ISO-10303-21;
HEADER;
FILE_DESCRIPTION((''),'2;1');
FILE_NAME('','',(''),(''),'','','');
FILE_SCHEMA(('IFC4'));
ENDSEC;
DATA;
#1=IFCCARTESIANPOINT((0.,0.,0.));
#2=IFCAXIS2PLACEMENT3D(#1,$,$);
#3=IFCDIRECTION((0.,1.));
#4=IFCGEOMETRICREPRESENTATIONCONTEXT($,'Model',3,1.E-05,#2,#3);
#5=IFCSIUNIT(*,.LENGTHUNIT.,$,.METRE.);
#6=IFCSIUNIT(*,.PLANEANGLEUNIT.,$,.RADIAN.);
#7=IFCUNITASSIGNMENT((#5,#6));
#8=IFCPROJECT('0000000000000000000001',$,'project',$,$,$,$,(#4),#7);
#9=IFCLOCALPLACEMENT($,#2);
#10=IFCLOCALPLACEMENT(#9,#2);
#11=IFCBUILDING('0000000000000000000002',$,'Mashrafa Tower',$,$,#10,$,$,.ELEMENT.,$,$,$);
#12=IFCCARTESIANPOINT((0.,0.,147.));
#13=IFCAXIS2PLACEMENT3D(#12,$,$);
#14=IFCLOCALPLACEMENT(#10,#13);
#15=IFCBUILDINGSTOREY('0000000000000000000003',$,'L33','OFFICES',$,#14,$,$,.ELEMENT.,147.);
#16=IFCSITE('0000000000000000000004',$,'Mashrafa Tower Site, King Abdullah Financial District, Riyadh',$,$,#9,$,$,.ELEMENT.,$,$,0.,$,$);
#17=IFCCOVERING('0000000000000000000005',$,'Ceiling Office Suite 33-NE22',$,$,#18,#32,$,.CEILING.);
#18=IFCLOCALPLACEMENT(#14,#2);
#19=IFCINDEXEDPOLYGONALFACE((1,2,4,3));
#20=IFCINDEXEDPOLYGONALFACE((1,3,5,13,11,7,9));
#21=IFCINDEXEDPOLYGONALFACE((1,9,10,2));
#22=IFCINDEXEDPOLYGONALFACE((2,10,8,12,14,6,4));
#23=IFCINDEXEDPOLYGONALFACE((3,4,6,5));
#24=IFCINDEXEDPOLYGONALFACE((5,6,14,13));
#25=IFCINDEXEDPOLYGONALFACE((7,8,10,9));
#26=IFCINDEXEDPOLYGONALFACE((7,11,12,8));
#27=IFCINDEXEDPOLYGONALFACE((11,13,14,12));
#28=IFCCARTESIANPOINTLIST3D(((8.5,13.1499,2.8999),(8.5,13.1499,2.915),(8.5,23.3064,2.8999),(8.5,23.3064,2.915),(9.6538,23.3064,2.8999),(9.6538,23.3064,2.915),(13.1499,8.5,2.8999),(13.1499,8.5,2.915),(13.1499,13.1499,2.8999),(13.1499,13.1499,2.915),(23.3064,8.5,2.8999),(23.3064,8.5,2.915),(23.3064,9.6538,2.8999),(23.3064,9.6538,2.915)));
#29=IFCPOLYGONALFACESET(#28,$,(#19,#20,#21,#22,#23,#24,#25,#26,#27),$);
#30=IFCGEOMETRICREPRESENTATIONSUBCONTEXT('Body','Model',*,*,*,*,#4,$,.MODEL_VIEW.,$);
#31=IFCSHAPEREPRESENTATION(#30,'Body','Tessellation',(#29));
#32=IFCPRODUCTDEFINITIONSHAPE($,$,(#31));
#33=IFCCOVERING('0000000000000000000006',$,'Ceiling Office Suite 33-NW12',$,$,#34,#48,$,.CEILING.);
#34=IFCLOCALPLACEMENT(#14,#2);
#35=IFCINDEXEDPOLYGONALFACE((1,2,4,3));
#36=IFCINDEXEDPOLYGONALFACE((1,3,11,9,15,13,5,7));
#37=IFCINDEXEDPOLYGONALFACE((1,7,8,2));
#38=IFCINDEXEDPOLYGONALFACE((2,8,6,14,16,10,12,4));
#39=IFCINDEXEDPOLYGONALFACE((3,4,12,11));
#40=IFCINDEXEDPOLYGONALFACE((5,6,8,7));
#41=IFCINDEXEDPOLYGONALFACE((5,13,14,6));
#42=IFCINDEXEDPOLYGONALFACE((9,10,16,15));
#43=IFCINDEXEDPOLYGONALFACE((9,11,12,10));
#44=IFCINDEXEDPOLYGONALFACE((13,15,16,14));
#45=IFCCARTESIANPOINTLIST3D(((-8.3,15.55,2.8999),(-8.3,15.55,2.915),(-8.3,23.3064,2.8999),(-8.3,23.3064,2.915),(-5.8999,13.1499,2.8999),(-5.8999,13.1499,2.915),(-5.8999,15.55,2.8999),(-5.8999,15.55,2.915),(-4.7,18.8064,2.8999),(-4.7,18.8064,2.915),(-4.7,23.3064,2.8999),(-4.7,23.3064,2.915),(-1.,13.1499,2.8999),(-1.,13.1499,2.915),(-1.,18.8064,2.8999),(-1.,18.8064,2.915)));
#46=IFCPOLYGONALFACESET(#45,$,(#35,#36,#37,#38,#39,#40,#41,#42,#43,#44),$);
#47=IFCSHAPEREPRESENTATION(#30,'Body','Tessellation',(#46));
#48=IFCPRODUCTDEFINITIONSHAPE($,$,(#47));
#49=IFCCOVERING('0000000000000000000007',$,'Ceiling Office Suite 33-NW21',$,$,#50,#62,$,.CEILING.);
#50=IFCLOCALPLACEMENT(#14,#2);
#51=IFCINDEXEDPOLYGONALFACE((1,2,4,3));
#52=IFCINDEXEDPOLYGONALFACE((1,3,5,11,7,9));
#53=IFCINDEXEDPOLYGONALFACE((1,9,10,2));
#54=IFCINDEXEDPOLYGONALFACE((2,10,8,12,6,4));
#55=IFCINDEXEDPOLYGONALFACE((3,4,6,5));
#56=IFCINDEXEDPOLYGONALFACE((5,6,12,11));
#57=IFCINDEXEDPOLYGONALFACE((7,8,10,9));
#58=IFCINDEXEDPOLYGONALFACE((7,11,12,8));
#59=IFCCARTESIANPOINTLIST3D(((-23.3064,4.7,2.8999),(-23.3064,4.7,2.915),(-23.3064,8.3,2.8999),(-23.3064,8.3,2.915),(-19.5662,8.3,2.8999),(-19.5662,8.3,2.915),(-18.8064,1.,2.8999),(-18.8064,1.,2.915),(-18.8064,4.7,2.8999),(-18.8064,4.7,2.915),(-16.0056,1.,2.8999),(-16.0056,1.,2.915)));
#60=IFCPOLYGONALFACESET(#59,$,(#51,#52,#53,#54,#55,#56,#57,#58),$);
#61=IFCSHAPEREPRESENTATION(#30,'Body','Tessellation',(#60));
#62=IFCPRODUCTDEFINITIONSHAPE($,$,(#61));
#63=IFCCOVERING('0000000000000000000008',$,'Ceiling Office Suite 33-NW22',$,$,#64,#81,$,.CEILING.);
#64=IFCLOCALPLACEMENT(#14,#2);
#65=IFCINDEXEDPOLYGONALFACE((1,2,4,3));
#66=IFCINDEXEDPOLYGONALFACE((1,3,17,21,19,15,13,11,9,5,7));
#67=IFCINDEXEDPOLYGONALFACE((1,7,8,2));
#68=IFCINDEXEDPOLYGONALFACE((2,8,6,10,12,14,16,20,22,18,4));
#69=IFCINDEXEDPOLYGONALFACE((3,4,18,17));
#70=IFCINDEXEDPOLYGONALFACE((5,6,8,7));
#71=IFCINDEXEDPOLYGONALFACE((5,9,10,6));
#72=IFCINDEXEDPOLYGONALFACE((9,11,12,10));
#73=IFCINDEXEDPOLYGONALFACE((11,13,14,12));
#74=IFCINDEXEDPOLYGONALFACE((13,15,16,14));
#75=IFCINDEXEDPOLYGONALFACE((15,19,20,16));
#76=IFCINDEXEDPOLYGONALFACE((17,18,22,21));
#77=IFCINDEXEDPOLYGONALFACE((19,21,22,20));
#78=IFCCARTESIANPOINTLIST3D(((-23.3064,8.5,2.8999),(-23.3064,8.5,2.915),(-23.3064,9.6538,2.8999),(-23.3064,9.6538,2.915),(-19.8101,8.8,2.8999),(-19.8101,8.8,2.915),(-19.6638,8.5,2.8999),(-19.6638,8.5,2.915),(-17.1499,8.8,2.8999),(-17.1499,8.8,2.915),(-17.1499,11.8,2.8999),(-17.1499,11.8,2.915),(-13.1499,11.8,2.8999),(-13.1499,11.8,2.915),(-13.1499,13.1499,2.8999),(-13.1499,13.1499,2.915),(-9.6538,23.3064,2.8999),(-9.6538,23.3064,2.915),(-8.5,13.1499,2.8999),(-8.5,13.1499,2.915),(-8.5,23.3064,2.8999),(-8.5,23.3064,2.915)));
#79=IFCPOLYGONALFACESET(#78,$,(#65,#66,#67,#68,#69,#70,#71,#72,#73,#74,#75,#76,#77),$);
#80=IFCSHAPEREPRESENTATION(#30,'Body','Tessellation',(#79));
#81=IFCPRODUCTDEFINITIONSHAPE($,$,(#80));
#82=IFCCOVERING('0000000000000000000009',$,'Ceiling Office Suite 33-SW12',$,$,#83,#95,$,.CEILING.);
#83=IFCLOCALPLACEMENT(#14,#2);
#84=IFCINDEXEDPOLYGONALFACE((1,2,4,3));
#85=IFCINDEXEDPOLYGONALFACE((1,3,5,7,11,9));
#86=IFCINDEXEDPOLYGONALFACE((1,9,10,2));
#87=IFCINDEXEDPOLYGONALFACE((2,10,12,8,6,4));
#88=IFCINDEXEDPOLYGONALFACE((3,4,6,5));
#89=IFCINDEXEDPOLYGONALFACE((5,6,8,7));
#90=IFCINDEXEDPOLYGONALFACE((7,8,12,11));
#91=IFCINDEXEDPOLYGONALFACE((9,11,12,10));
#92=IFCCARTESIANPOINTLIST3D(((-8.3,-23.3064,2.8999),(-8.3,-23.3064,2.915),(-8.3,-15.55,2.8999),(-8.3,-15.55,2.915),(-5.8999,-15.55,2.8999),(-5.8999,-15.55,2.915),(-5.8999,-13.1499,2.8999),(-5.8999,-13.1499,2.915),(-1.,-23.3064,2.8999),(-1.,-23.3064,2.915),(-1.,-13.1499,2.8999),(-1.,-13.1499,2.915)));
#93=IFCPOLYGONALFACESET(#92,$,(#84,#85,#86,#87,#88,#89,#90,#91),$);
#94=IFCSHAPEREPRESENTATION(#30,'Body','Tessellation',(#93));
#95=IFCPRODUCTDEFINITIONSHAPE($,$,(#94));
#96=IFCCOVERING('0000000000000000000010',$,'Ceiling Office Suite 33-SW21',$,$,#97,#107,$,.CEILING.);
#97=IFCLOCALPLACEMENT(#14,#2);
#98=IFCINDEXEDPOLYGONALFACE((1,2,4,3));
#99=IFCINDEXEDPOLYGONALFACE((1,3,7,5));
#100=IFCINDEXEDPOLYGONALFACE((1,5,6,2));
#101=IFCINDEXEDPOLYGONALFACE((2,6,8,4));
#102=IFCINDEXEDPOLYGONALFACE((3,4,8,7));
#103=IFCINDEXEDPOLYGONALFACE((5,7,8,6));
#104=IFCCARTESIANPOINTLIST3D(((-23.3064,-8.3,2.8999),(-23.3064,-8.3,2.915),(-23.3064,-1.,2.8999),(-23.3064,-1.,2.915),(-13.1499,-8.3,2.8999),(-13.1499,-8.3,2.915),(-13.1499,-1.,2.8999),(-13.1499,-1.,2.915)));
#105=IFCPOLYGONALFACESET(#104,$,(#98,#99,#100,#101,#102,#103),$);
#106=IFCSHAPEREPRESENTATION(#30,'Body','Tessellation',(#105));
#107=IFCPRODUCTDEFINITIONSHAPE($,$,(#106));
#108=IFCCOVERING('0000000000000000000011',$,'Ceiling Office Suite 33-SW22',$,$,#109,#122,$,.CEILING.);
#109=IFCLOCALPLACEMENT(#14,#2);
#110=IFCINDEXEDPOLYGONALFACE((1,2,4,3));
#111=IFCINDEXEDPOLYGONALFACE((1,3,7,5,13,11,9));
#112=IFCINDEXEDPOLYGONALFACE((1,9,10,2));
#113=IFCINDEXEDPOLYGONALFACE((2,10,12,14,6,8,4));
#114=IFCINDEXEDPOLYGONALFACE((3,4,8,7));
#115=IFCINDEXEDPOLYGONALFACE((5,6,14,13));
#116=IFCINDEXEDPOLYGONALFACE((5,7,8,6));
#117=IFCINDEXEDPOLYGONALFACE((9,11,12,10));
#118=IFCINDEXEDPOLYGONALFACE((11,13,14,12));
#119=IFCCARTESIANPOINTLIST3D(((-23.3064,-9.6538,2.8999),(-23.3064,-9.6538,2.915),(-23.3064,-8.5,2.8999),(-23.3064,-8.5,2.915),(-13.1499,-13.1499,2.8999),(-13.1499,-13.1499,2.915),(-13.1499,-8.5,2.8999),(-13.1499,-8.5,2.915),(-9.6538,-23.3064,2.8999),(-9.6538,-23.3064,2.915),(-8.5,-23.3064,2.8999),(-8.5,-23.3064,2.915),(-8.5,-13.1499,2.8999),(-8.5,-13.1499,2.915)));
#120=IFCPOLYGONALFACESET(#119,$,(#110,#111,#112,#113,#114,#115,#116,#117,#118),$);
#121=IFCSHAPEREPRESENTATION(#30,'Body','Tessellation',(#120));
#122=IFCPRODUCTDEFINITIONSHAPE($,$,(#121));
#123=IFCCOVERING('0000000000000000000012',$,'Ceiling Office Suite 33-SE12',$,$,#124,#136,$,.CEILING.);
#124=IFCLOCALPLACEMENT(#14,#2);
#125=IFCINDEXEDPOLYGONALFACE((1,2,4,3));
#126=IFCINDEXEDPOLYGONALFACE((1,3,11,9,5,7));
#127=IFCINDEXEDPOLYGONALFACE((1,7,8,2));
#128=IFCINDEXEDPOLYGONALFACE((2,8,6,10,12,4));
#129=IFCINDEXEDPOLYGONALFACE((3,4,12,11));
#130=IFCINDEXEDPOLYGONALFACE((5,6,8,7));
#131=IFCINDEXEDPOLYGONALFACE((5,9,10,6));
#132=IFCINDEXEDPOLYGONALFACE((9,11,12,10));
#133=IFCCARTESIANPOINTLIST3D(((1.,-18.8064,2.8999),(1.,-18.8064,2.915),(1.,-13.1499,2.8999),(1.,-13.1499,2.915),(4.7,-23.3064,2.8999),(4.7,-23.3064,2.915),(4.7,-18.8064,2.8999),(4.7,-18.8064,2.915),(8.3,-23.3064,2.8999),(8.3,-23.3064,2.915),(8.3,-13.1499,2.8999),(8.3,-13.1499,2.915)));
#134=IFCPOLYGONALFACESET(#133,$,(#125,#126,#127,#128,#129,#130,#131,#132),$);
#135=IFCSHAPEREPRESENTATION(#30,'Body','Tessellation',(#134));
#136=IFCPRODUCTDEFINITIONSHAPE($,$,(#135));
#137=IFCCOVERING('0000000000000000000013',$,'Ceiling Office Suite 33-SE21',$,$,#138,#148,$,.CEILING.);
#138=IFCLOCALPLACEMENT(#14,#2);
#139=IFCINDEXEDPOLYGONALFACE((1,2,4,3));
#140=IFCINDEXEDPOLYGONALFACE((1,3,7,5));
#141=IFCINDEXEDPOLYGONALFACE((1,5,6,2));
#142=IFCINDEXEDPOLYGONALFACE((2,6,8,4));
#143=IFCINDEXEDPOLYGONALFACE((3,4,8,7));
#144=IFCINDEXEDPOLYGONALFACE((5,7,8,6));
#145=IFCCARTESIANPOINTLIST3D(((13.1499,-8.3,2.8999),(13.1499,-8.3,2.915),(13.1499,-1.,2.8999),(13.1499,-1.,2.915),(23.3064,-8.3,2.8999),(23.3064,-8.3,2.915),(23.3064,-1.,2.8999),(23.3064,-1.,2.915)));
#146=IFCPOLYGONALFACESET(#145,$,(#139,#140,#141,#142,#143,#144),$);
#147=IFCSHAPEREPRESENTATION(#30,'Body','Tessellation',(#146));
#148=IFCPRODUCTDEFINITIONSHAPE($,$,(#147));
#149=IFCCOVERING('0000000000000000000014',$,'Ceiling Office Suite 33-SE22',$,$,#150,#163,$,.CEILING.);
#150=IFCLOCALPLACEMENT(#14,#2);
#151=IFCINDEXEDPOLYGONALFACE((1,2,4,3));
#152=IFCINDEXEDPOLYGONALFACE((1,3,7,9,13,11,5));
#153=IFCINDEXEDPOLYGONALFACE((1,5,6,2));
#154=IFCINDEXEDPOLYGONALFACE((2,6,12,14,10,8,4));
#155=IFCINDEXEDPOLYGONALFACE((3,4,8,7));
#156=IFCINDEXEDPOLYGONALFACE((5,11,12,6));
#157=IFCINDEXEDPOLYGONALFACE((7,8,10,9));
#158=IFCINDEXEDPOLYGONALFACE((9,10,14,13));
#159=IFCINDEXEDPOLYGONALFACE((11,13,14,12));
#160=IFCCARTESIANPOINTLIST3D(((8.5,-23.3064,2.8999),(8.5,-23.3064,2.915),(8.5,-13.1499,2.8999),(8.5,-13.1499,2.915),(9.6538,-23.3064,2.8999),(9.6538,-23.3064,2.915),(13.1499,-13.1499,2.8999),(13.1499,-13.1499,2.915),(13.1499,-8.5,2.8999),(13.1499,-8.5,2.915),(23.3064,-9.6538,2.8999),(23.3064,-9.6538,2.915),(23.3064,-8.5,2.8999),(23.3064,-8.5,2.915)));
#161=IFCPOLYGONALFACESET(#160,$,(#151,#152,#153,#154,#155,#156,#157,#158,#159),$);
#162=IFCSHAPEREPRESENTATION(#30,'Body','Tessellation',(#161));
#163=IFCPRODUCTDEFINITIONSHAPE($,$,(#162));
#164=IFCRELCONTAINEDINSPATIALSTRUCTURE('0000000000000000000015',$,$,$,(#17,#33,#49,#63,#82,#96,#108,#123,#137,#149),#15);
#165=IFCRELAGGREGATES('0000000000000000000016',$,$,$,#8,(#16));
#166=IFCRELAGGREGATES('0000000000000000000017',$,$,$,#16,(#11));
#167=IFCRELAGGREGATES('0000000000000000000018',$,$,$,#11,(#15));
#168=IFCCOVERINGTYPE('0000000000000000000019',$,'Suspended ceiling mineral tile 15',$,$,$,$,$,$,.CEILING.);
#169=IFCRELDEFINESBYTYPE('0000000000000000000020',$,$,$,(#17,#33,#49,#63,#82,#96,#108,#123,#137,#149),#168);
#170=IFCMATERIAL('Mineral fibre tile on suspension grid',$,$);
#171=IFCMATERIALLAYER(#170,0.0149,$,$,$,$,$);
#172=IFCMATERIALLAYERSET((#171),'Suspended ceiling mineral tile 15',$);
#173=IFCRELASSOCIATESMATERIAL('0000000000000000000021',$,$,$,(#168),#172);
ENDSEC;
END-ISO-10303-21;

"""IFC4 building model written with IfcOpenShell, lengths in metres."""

from ifc_helpers import new_model, si_unit, direction, frame, origin, place, context, subcontext, project, spatial, polyline, outline, extrude, material, layer, layer_set, type_object, element, save


model = new_model("IFC4")

# Units and contexts
model_context = context("Model", 3, precision=1e-05, world=origin(), true_north=direction((0.0, 1.0)))
body_context = subcontext(model_context, "Body", "Model", "MODEL_VIEW")
ifc_project = project(units=[si_unit("LENGTHUNIT", "METRE"), si_unit("PLANEANGLEUNIT", "RADIAN")], contexts=[model_context])

# Site, building, storey
site_placement = place(None, origin())
site = spatial("IfcSite", under=ifc_project, at=site_placement, Name="Mashrafa Tower Site, King Abdullah Financial District, Riyadh", CompositionType="ELEMENT", RefElevation=0.0)
building_placement = place(site_placement, origin())
building = spatial("IfcBuilding", under=site, at=building_placement, Name="Mashrafa Tower", CompositionType="ELEMENT")
storey_placement = place(building_placement, frame((0.0, 0.0, 147.0)))
storey = spatial("IfcBuildingStorey", under=building, at=storey_placement, Name="L33", Description="OFFICES", CompositionType="ELEMENT", Elevation=147.0)

# Coverings
ifc_material_1 = material(Name="Mineral fibre tile on suspension grid")
ifc_layer_1 = layer(ifc_material_1, 0.0149)
ifc_layer_set_1 = layer_set([ifc_layer_1], Name="Suspended ceiling mineral tile 15")
covering_type = type_object("IfcCoveringType", Name="Suspended ceiling mineral tile 15", PredefinedType="CEILING", material=ifc_layer_set_1)
covering_1_placement = place(storey_placement, frame((0.0, 0.0, 2.8999)))
element("IfcCovering", 1, at=covering_1_placement, inside=storey, type_object=covering_type, Name="Ceiling Office Suite 33-NE22", PredefinedType="CEILING", context=body_context, shape_type="SweptSolid", body=[
    extrude(outline(polyline([(8.5, 13.1499), (8.5, 23.3064), (9.6538, 23.3064), (23.3064, 9.6538), (23.3064, 8.5), (13.1499, 8.5), (13.1499, 13.1499), (8.5, 13.1499)])), origin(), (0.0, 0.0, 1.0), 0.0151),
])
covering_2_placement = place(storey_placement, frame((0.0, 0.0, 2.8999)))
element("IfcCovering", 2, at=covering_2_placement, inside=storey, type_object=covering_type, Name="Ceiling Office Suite 33-NW12", PredefinedType="CEILING", context=body_context, shape_type="SweptSolid", body=[
    extrude(outline(polyline([(-8.3, 15.55), (-8.3, 23.3064), (-4.7, 23.3064), (-4.7, 18.8064), (-1.0, 18.8064), (-1.0, 13.1499), (-5.8999, 13.1499), (-5.8999, 15.55), (-8.3, 15.55)])), origin(), (0.0, 0.0, 1.0), 0.0151),
])
covering_3_placement = place(storey_placement, frame((0.0, 0.0, 2.8999)))
element("IfcCovering", 3, at=covering_3_placement, inside=storey, type_object=covering_type, Name="Ceiling Office Suite 33-NW21", PredefinedType="CEILING", context=body_context, shape_type="SweptSolid", body=[
    extrude(outline(polyline([(-23.3064, 4.7), (-23.3064, 8.3), (-19.5662, 8.3), (-16.0056, 1.0), (-18.8064, 1.0), (-18.8064, 4.7), (-23.3064, 4.7)])), origin(), (0.0, 0.0, 1.0), 0.0151),
])
covering_4_placement = place(storey_placement, frame((0.0, 0.0, 2.8999)))
element("IfcCovering", 4, at=covering_4_placement, inside=storey, type_object=covering_type, Name="Ceiling Office Suite 33-NW22", PredefinedType="CEILING", context=body_context, shape_type="SweptSolid", body=[
    extrude(outline(polyline([(-19.6638, 8.5), (-23.3064, 8.5), (-23.3064, 9.6538), (-9.6538, 23.3064), (-8.5, 23.3064), (-8.5, 13.1499), (-13.1499, 13.1499), (-13.1499, 11.8), (-17.1499, 11.8), (-17.1499, 8.8), (-19.8101, 8.8), (-19.6638, 8.5)])), origin(), (0.0, 0.0, 1.0), 0.0151),
])
covering_5_placement = place(storey_placement, frame((0.0, 0.0, 2.8999)))
element("IfcCovering", 5, at=covering_5_placement, inside=storey, type_object=covering_type, Name="Ceiling Office Suite 33-SW12", PredefinedType="CEILING", context=body_context, shape_type="SweptSolid", body=[
    extrude(outline(polyline([(-1.0, -23.3064), (-8.3, -23.3064), (-8.3, -15.55), (-5.8999, -15.55), (-5.8999, -13.1499), (-1.0, -13.1499), (-1.0, -23.3064)])), origin(), (0.0, 0.0, 1.0), 0.0151),
])
covering_6_placement = place(storey_placement, frame((0.0, 0.0, 2.8999)))
element("IfcCovering", 6, at=covering_6_placement, inside=storey, type_object=covering_type, Name="Ceiling Office Suite 33-SW21", PredefinedType="CEILING", context=body_context, shape_type="SweptSolid", body=[
    extrude(outline(polyline([(-13.1499, -8.3), (-23.3064, -8.3), (-23.3064, -1.0), (-13.1499, -1.0), (-13.1499, -8.3)])), origin(), (0.0, 0.0, 1.0), 0.0151),
])
covering_7_placement = place(storey_placement, frame((0.0, 0.0, 2.8999)))
element("IfcCovering", 7, at=covering_7_placement, inside=storey, type_object=covering_type, Name="Ceiling Office Suite 33-SW22", PredefinedType="CEILING", context=body_context, shape_type="SweptSolid", body=[
    extrude(outline(polyline([(-13.1499, -13.1499), (-8.5, -13.1499), (-8.5, -23.3064), (-9.6538, -23.3064), (-23.3064, -9.6538), (-23.3064, -8.5), (-13.1499, -8.5), (-13.1499, -13.1499)])), origin(), (0.0, 0.0, 1.0), 0.0151),
])
covering_8_placement = place(storey_placement, frame((0.0, 0.0, 2.8999)))
element("IfcCovering", 8, at=covering_8_placement, inside=storey, type_object=covering_type, Name="Ceiling Office Suite 33-SE12", PredefinedType="CEILING", context=body_context, shape_type="SweptSolid", body=[
    extrude(outline(polyline([(8.3, -13.1499), (8.3, -23.3064), (4.7, -23.3064), (4.7, -18.8064), (1.0, -18.8064), (1.0, -13.1499), (8.3, -13.1499)])), origin(), (0.0, 0.0, 1.0), 0.0151),
])
covering_9_placement = place(storey_placement, frame((0.0, 0.0, 2.8999)))
element("IfcCovering", 9, at=covering_9_placement, inside=storey, type_object=covering_type, Name="Ceiling Office Suite 33-SE21", PredefinedType="CEILING", context=body_context, shape_type="SweptSolid", body=[
    extrude(outline(polyline([(23.3064, -1.0), (23.3064, -8.3), (13.1499, -8.3), (13.1499, -1.0), (23.3064, -1.0)])), origin(), (0.0, 0.0, 1.0), 0.0151),
])
covering_10_placement = place(storey_placement, frame((0.0, 0.0, 2.8999)))
element("IfcCovering", 10, at=covering_10_placement, inside=storey, type_object=covering_type, Name="Ceiling Office Suite 33-SE22", PredefinedType="CEILING", context=body_context, shape_type="SweptSolid", body=[
    extrude(outline(polyline([(13.1499, -8.5), (23.3064, -8.5), (23.3064, -9.6538), (9.6538, -23.3064), (8.5, -23.3064), (8.5, -13.1499), (13.1499, -13.1499), (13.1499, -8.5)])), origin(), (0.0, 0.0, 1.0), 0.0151),
])

save(model, "model.ifc")
